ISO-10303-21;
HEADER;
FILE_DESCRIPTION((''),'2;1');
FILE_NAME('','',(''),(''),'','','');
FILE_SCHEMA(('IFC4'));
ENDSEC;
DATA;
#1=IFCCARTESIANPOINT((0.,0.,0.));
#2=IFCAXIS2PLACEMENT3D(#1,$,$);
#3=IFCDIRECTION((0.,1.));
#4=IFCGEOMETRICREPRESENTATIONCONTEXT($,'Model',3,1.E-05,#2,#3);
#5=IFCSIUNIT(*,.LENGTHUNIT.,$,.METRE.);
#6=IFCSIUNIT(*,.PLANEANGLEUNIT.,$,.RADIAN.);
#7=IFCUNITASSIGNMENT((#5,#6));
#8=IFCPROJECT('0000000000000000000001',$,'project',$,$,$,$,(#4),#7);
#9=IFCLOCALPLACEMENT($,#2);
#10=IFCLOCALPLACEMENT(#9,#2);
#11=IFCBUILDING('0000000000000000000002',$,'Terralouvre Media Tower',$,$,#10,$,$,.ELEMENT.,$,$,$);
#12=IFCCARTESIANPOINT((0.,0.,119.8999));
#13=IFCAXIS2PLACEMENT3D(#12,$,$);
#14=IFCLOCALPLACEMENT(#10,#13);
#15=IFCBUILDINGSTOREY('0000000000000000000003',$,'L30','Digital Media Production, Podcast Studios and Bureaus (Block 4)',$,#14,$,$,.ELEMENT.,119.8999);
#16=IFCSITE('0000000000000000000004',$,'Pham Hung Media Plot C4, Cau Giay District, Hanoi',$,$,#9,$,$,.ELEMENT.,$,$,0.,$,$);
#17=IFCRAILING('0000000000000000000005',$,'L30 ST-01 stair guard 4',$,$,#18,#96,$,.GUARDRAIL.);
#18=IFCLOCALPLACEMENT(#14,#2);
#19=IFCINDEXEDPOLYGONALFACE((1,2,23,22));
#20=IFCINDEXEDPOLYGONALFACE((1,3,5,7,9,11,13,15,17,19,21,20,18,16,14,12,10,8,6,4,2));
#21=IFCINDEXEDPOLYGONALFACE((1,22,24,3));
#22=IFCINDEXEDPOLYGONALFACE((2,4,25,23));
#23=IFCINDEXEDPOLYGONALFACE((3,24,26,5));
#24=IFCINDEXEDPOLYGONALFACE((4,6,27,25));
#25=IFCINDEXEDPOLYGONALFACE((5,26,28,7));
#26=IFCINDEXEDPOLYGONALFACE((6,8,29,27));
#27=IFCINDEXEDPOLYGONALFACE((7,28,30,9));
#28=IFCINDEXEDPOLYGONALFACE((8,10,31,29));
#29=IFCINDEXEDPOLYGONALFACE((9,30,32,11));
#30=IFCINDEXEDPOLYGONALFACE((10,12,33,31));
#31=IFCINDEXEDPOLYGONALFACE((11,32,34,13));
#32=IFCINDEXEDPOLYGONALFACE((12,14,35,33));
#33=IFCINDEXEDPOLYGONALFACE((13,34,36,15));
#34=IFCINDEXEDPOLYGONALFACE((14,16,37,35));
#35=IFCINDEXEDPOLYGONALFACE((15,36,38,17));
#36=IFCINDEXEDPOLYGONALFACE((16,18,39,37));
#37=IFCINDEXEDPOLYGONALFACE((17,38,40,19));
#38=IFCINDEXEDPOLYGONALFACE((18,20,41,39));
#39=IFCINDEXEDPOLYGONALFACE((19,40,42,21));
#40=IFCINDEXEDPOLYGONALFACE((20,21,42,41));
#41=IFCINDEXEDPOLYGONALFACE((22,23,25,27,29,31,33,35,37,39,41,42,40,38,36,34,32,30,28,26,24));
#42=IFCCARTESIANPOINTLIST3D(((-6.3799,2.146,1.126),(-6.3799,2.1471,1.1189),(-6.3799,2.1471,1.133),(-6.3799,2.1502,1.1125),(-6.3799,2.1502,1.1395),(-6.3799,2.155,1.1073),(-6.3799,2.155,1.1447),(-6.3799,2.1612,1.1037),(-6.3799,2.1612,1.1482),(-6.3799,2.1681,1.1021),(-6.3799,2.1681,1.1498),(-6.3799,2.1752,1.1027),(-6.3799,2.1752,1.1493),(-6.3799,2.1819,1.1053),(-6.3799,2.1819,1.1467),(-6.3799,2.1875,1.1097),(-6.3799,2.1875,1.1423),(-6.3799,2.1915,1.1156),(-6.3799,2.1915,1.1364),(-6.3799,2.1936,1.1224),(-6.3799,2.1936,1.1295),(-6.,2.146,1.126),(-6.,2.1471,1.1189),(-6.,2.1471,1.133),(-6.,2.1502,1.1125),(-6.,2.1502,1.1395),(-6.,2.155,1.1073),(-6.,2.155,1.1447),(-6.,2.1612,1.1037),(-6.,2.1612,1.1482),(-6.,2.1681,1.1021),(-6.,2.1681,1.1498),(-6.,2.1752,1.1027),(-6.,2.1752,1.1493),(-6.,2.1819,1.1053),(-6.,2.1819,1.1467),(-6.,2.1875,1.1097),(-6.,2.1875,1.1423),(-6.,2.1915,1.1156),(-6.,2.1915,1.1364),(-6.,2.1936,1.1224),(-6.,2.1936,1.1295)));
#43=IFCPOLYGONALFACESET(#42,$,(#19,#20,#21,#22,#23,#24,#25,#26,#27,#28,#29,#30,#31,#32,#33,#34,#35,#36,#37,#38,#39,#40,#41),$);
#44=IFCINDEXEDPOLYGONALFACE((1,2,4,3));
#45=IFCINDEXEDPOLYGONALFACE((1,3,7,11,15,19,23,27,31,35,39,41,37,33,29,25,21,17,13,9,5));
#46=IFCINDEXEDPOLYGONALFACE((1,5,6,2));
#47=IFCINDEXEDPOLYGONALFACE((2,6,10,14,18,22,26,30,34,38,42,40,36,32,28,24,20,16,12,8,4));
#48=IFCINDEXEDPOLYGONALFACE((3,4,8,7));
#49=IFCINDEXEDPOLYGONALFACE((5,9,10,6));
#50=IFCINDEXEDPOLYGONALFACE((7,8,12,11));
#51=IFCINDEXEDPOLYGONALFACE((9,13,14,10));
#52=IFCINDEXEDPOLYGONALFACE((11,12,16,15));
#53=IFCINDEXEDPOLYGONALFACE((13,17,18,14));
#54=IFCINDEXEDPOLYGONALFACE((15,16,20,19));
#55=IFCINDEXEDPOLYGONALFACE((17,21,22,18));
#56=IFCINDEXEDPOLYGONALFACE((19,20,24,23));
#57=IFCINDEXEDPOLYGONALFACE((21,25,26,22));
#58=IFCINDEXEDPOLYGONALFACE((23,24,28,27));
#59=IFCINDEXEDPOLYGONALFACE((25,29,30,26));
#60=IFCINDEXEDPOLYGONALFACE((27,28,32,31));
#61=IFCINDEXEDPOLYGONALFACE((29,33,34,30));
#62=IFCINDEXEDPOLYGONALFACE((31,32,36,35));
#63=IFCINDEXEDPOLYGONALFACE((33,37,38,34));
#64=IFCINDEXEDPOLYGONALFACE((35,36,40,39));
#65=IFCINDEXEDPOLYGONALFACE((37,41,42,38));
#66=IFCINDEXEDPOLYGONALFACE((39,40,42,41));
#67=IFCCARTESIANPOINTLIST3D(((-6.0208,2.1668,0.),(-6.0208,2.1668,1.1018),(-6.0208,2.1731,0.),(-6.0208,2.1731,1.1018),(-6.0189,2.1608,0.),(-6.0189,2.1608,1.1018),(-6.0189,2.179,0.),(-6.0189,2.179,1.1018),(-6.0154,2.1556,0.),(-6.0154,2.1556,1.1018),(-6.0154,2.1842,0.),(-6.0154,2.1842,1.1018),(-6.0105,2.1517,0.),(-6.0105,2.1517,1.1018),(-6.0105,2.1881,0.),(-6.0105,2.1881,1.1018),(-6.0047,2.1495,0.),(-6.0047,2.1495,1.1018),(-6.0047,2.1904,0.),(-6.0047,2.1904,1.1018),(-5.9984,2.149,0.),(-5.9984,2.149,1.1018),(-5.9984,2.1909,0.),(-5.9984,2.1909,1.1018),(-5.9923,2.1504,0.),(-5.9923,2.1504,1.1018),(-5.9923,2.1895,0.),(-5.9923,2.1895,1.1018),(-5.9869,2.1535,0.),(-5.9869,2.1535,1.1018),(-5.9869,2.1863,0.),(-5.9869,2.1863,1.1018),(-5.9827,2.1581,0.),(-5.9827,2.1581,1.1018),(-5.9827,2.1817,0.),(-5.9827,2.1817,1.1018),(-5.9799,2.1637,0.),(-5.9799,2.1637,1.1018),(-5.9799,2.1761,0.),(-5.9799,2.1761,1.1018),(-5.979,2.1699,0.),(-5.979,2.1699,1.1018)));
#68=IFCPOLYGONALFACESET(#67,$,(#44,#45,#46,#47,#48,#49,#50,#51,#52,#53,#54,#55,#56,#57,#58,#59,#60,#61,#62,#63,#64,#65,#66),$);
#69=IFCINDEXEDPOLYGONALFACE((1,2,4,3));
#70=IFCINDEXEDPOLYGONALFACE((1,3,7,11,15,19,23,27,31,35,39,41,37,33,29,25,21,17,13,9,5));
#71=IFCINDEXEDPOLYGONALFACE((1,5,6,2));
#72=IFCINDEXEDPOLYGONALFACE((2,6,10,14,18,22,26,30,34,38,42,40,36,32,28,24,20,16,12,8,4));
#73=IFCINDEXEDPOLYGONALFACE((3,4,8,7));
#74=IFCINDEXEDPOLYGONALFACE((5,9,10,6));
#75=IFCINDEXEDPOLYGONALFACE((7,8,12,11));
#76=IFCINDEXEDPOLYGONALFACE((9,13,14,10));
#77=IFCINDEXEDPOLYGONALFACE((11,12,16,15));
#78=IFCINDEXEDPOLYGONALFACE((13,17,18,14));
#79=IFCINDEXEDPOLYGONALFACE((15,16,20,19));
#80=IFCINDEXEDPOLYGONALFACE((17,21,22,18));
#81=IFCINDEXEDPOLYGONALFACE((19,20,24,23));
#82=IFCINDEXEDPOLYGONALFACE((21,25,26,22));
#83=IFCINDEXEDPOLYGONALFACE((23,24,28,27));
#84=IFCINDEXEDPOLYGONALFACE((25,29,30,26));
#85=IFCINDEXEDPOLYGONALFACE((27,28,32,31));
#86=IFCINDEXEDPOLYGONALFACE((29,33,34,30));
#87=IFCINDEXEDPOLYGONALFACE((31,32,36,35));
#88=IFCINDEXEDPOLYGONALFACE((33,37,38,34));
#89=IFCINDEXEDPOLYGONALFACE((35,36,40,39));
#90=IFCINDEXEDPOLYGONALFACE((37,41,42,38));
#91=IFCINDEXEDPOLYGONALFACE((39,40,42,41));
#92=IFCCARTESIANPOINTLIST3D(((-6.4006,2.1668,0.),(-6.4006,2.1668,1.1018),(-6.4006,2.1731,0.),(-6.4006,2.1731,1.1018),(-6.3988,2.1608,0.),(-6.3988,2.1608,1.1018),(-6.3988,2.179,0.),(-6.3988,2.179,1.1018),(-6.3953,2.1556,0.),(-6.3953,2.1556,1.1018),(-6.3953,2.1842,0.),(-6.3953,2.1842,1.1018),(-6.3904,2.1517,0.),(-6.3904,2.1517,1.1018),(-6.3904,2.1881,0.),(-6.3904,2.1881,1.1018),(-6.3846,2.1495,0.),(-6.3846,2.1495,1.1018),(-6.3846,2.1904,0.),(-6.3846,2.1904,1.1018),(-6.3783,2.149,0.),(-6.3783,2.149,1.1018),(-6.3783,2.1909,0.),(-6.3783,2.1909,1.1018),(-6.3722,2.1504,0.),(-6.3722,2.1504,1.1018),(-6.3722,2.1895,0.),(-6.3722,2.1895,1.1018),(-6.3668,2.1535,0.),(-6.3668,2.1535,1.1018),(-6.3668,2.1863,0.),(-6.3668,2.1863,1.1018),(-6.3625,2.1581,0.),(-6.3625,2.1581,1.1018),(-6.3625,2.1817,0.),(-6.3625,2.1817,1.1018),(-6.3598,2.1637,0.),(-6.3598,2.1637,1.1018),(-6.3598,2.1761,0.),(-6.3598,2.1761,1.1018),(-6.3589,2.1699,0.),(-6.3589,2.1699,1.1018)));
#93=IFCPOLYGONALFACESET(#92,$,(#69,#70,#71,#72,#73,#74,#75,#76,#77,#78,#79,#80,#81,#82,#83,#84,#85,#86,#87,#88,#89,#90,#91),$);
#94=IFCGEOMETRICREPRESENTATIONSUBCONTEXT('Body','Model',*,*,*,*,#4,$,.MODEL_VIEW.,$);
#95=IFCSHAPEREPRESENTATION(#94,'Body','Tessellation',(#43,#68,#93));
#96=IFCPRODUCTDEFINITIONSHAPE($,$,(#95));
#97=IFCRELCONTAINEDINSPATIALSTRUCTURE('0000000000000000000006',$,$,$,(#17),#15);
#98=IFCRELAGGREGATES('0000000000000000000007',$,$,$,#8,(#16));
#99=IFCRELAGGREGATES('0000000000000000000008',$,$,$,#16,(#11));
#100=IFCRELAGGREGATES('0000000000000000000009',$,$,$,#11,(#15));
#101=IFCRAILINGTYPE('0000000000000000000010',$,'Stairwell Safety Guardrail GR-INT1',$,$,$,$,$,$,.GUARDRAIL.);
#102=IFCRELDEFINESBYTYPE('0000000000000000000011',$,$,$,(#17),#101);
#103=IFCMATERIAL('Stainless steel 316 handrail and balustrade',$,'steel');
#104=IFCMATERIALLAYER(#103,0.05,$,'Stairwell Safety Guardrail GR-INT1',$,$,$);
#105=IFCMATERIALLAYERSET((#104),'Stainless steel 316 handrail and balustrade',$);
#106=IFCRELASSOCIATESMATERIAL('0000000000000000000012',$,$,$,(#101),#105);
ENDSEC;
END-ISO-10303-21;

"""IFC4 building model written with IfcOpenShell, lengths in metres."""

from ifc_helpers import new_model, si_unit, direction, frame, origin, origin_2d, place, context, subcontext, project, spatial, circle, extrude, material, layer, layer_set, type_object, element, save


model = new_model("IFC4")

# Units and contexts
model_context = context("Model", 3, precision=1e-05, world=origin(), true_north=direction((0.0, 1.0)))
body_context = subcontext(model_context, "Body", "Model", "MODEL_VIEW")
ifc_project = project(units=[si_unit("LENGTHUNIT", "METRE"), si_unit("PLANEANGLEUNIT", "RADIAN")], contexts=[model_context])

# Site, building, storey
site_placement = place(None, origin())
site = spatial("IfcSite", under=ifc_project, at=site_placement, Name="Pham Hung Media Plot C4, Cau Giay District, Hanoi", CompositionType="ELEMENT", RefElevation=0.0)
building_placement = place(site_placement, origin())
building = spatial("IfcBuilding", under=site, at=building_placement, Name="Terralouvre Media Tower", CompositionType="ELEMENT")
storey_placement = place(building_placement, frame((0.0, 0.0, 119.8999)))
storey = spatial("IfcBuildingStorey", under=building, at=storey_placement, Name="L30", Description="Digital Media Production, Podcast Studios and Bureaus (Block 4)", CompositionType="ELEMENT", Elevation=119.8999)

# Railing
ifc_material_1 = material(Name="Stainless steel 316 handrail and balustrade", Category="steel")
ifc_layer_1 = layer(ifc_material_1, 0.05, Name="Stairwell Safety Guardrail GR-INT1")
ifc_layer_set_1 = layer_set([ifc_layer_1], Name="Stainless steel 316 handrail and balustrade")
railing_type_1 = type_object("IfcRailingType", Name="Stairwell Safety Guardrail GR-INT1", PredefinedType="GUARDRAIL", material=ifc_layer_set_1)
railing_1_placement = place(storey_placement, frame((-6.0, 2.1699, 0.0)))
element("IfcRailing", 1, at=railing_1_placement, inside=storey, type_object=railing_type_1, Name="L30 ST-01 stair guard 4", PredefinedType="GUARDRAIL", context=body_context, shape_type="SweptSolid", body=[
    extrude(circle(Radius=0.0239, at=origin_2d()), frame((0.0, 0.0, 1.126), z_axis=(-1.0, 0.0, 0.0), x_axis=(0.0, -1.0, 0.0)), (0.0, 0.0, 1.0), 0.3799),
    extrude(circle(Radius=0.021, at=origin_2d()), origin(), (0.0, 0.0, 1.0), 1.1018),
    extrude(circle(Radius=0.021, at=origin_2d()), frame((-0.3799, 0.0, 0.0)), (0.0, 0.0, 1.0), 1.1018),
])

save(model, "model.ifc")
